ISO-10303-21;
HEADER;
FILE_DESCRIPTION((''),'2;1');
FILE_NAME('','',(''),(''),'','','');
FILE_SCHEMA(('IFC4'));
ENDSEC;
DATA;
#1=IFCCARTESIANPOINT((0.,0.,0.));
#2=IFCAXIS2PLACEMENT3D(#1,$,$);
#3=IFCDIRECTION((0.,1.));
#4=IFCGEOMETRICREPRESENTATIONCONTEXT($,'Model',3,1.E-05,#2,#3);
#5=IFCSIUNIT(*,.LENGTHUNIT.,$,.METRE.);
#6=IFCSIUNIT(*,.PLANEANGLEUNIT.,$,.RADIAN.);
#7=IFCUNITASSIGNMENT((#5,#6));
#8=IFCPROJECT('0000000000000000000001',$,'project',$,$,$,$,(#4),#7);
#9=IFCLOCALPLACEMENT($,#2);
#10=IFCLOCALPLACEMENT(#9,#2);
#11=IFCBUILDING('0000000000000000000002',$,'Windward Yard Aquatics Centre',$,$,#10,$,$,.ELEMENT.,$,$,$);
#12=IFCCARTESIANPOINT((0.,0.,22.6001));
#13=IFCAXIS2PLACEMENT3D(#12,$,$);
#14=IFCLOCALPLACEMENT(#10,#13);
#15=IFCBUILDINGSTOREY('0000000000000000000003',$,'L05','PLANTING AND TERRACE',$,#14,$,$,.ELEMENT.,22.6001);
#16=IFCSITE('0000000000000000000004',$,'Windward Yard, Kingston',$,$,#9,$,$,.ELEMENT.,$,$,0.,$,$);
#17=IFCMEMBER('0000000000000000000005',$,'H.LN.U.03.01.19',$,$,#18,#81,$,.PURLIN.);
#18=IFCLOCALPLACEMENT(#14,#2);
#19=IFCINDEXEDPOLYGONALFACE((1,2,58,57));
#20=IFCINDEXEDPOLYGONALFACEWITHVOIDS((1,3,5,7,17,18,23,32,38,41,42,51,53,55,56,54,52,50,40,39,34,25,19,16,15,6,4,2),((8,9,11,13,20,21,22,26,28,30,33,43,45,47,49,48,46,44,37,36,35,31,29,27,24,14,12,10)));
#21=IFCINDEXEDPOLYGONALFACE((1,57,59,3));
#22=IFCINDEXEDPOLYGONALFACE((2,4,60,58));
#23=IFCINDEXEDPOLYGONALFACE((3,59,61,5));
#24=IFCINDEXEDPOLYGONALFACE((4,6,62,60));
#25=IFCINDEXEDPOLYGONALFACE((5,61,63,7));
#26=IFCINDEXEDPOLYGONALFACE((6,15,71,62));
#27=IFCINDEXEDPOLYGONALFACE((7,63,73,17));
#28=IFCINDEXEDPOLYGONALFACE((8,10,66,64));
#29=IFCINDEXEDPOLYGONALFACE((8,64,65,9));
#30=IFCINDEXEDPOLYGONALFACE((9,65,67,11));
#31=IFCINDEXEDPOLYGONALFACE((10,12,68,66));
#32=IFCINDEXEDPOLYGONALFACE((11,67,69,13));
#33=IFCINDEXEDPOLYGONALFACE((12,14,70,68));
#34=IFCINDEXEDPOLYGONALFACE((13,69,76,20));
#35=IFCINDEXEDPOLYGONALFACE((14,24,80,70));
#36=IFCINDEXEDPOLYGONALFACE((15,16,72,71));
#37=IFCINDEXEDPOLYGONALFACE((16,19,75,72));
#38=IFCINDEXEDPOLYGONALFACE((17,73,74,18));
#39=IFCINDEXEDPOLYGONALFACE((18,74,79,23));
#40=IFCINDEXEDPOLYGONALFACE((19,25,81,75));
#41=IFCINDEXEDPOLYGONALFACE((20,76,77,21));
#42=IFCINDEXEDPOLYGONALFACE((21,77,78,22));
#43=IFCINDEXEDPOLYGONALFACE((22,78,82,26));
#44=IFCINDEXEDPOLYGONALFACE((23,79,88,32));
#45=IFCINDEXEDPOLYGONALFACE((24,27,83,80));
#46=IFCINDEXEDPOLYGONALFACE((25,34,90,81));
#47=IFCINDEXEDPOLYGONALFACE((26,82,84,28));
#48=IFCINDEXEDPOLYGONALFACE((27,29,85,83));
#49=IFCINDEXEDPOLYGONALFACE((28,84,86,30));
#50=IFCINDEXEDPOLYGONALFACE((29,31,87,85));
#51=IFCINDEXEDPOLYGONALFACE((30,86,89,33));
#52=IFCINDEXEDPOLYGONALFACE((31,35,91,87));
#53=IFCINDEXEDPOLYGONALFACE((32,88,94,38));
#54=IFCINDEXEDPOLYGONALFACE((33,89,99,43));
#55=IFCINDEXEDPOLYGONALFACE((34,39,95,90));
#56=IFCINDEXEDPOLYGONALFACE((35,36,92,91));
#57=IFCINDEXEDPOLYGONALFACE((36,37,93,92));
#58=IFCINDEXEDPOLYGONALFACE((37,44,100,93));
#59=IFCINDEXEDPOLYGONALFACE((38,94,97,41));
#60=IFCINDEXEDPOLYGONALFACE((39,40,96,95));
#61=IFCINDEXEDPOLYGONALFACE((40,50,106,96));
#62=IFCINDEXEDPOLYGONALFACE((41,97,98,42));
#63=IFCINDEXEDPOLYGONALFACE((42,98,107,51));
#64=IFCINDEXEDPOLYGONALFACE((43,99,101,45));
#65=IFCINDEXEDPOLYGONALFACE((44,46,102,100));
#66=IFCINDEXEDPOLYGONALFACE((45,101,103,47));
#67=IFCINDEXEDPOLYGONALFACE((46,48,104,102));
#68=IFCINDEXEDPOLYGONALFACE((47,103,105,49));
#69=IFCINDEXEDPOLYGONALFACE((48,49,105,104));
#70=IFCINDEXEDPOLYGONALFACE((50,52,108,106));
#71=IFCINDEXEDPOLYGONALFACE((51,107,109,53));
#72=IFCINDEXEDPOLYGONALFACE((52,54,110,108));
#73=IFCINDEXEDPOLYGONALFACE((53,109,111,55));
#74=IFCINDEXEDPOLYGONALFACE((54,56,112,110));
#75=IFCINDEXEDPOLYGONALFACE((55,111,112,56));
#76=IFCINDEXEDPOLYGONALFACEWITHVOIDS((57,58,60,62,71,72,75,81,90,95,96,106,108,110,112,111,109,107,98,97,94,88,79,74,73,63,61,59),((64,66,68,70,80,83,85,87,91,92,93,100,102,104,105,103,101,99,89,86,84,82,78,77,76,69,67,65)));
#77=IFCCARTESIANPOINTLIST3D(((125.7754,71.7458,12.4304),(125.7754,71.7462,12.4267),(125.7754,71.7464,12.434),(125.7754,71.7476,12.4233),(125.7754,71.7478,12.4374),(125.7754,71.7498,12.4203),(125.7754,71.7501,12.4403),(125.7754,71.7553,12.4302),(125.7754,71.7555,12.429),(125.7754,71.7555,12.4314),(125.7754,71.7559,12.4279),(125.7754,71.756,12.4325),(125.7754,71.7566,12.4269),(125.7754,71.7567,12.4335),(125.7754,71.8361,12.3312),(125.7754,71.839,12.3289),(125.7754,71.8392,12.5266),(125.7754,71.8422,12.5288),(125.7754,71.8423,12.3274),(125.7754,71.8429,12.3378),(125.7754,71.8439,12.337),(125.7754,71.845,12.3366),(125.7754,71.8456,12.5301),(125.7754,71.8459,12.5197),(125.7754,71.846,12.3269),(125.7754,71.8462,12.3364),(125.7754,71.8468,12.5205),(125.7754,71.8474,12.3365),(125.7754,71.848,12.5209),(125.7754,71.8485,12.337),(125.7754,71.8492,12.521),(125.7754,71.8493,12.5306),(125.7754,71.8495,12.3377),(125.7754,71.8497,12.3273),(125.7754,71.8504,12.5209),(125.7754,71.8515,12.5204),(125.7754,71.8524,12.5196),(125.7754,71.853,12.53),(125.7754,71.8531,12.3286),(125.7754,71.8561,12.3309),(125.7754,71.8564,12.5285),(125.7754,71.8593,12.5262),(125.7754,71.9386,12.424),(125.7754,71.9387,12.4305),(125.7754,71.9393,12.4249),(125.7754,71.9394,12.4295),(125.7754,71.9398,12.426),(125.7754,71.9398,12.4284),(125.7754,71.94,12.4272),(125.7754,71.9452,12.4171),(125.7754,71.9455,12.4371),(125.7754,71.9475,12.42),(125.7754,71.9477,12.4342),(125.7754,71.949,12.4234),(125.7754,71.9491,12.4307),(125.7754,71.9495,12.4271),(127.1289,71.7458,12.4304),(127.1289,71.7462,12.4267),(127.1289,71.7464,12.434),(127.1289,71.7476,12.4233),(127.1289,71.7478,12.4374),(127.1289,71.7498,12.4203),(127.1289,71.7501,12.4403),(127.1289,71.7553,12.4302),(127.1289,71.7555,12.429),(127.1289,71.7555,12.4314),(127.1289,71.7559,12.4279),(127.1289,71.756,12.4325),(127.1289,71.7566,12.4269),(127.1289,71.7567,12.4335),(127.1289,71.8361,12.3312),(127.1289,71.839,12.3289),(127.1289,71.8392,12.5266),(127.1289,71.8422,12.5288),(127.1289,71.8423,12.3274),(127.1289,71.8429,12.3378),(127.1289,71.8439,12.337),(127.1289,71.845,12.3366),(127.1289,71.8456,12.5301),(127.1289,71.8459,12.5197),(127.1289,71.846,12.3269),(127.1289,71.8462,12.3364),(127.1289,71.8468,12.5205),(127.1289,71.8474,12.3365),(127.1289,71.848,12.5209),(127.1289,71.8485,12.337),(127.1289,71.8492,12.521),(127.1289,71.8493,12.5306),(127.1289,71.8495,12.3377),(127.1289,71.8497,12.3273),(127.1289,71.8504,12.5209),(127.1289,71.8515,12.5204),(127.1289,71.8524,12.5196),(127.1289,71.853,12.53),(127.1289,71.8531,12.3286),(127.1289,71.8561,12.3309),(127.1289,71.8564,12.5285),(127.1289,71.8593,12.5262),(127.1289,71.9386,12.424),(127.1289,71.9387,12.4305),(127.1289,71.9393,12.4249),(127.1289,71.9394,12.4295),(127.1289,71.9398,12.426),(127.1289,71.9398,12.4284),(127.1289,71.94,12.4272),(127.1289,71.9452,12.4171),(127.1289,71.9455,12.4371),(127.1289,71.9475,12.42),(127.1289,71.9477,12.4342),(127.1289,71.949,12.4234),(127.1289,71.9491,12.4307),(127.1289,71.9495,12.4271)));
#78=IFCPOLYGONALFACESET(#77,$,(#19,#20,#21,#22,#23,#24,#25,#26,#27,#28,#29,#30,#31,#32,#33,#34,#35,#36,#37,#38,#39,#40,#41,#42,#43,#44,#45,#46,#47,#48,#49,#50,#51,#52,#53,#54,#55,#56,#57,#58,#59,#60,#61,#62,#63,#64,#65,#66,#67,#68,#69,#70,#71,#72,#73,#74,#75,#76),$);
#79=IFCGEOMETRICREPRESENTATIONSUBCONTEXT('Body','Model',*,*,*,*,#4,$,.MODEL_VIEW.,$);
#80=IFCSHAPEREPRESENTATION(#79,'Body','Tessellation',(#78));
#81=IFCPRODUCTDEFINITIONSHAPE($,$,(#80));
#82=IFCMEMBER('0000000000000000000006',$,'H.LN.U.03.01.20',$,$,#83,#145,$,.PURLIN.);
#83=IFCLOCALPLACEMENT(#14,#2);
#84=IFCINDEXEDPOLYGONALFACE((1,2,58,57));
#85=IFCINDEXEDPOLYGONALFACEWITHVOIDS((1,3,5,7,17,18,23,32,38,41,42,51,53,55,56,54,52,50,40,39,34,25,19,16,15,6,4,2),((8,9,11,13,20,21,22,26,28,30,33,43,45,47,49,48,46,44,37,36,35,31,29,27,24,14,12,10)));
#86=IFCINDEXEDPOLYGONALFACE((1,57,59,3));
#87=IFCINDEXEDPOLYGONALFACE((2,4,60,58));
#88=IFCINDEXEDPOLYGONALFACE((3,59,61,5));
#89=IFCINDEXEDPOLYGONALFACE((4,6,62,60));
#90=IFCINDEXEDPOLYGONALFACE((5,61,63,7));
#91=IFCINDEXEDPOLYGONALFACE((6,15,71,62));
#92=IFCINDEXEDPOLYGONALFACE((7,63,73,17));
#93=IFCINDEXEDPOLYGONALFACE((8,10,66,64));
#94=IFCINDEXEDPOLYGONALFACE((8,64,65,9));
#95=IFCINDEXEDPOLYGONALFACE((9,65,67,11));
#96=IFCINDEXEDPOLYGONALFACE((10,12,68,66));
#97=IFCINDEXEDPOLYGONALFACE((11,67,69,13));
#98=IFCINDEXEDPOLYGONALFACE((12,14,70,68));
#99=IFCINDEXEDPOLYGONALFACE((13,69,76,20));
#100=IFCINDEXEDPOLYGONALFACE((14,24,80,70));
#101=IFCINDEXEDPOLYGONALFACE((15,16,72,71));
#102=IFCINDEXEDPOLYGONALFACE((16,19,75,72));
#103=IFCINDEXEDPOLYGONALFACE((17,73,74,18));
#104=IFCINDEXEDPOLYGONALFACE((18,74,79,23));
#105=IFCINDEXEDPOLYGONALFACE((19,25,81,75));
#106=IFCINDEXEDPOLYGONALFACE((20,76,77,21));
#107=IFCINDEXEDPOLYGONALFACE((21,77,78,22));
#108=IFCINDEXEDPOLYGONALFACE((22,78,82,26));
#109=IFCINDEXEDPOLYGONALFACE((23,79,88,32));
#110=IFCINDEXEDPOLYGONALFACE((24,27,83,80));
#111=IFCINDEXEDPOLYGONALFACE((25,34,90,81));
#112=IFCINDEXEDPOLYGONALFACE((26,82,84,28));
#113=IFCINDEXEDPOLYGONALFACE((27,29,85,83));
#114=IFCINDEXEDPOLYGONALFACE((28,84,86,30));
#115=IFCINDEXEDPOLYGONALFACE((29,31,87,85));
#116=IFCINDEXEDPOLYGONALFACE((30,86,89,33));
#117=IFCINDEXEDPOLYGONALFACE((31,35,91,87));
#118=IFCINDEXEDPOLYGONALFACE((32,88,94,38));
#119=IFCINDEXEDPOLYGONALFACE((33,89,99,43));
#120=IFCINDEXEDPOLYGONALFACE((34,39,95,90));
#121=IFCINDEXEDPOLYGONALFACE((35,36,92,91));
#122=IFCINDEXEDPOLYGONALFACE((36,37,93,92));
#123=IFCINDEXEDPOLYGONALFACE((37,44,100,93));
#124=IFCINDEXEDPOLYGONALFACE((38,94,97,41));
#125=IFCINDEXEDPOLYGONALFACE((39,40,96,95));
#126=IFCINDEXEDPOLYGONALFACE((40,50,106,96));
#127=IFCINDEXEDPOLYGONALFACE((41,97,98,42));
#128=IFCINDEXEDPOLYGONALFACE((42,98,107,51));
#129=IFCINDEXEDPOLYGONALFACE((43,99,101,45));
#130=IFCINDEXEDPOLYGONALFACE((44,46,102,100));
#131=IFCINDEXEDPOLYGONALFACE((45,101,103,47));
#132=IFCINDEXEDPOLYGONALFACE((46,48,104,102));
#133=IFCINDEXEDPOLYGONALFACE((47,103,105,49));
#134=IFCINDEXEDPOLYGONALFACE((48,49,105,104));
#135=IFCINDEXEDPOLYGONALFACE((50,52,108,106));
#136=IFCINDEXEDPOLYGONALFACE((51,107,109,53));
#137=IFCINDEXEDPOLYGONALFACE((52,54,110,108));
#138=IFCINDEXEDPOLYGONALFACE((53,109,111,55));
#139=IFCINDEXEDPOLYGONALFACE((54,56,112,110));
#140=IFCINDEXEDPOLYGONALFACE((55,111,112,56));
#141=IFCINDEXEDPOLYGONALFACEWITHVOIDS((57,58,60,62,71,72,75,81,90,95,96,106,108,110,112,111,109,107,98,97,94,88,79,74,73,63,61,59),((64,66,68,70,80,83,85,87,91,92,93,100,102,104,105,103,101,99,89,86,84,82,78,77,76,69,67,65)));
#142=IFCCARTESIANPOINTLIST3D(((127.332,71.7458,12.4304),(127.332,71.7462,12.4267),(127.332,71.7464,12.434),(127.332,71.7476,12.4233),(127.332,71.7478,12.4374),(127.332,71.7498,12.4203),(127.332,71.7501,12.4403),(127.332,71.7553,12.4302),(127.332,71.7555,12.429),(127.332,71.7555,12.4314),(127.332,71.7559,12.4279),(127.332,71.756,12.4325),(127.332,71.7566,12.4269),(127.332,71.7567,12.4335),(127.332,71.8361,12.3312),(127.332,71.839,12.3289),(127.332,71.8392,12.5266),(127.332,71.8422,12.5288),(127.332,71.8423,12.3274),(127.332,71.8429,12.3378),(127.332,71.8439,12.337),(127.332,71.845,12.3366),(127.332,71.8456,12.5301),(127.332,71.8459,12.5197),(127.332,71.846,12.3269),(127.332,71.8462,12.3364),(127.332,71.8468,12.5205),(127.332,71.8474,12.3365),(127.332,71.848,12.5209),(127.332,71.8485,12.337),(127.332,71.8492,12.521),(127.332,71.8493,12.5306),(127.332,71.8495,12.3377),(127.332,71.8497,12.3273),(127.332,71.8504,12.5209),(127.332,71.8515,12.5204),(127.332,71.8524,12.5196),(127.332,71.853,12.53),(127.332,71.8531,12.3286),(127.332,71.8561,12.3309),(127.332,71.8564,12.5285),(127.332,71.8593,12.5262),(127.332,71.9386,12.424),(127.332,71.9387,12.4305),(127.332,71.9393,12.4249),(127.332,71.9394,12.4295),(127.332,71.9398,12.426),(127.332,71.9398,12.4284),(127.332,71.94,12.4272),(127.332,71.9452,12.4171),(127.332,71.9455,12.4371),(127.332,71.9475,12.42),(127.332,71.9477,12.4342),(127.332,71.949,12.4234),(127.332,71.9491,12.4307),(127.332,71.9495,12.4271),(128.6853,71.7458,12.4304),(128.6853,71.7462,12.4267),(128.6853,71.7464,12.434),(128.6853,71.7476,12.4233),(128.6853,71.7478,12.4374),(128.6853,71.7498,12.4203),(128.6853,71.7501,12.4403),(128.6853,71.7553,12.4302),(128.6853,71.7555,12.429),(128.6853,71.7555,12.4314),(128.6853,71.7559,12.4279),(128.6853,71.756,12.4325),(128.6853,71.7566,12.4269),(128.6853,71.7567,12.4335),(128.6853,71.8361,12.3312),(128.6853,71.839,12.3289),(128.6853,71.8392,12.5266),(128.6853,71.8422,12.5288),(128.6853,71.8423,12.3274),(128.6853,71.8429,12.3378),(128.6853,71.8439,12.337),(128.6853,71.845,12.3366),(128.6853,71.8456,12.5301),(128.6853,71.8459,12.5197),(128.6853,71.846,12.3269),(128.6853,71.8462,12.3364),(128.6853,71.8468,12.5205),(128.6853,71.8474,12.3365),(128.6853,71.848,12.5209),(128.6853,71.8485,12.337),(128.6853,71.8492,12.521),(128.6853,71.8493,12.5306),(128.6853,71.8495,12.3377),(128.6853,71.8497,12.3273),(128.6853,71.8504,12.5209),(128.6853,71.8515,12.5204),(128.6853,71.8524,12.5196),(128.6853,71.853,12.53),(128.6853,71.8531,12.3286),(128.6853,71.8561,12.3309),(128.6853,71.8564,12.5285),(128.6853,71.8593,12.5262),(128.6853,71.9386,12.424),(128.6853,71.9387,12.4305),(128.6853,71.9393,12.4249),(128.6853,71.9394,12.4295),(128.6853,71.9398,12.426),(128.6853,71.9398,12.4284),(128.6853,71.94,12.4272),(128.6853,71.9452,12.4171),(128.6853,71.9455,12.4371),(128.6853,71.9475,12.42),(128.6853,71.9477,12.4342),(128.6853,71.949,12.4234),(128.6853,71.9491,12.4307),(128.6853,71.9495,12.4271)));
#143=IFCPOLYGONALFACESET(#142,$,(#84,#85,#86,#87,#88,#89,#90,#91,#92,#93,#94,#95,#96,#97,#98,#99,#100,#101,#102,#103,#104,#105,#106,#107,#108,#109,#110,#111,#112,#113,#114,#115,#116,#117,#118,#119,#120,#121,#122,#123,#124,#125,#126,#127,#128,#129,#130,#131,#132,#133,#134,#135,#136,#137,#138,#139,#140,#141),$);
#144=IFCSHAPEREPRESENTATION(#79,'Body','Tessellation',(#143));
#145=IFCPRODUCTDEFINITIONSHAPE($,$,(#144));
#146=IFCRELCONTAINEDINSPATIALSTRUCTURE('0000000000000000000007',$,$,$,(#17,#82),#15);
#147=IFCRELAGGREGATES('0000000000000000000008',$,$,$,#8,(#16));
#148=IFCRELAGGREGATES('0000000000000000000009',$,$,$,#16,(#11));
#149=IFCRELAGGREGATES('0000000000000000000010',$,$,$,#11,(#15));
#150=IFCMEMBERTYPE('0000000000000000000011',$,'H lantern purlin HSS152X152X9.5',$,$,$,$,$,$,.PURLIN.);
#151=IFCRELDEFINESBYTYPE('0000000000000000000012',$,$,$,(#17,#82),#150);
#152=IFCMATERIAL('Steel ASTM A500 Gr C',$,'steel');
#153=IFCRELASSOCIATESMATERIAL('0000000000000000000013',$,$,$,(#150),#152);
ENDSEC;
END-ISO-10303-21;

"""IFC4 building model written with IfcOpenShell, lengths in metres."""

from ifc_helpers import new_model, si_unit, direction, frame, origin, origin_2d, place, context, subcontext, project, spatial, hollow_rectangle, extrude, material, material_profile, profile_set, type_object, element, save


model = new_model("IFC4")

# Units and contexts
model_context = context("Model", 3, precision=1e-05, world=origin(), true_north=direction((0.0, 1.0)))
body_context = subcontext(model_context, "Body", "Model", "MODEL_VIEW")
ifc_project = project(units=[si_unit("LENGTHUNIT", "METRE"), si_unit("PLANEANGLEUNIT", "RADIAN")], contexts=[model_context])

# Site, building, storey
site_placement = place(None, origin())
site = spatial("IfcSite", under=ifc_project, at=site_placement, Name="Windward Yard, Kingston", CompositionType="ELEMENT", RefElevation=0.0)
building_placement = place(site_placement, origin())
building = spatial("IfcBuilding", under=site, at=building_placement, Name="Windward Yard Aquatics Centre", CompositionType="ELEMENT")
storey_placement = place(building_placement, frame((0.0, 0.0, 22.6001)))
storey = spatial("IfcBuildingStorey", under=building, at=storey_placement, Name="L05", Description="PLANTING AND TERRACE", CompositionType="ELEMENT", Elevation=22.6001)

# Members
ifc_material_1 = material(Name="Steel ASTM A500 Gr C", Category="steel")
ifc_material_profile_1 = material_profile(ifc_material_1, hollow_rectangle(XDim=0.1523, YDim=0.1523, WallThickness=0.0095, InnerFilletRadius=0.0046, OuterFilletRadius=0.0142, at=origin_2d()), Name="HSS152X152X9.5")
ifc_profile_set_1 = profile_set([ifc_material_profile_1], Name="Steel ASTM A500 Gr C")
member_type_1 = type_object("IfcMemberType", Name="H lantern purlin HSS152X152X9.5", PredefinedType="PURLIN", material=ifc_profile_set_1)
member_1_placement = place(storey_placement, frame((125.7754, 71.8477, 12.4287), z_axis=(1.0, 0.0, 0.0), x_axis=(0.0, 0.69555, -0.718477)))
element("IfcMember", 1, at=member_1_placement, inside=storey, type_object=member_type_1, Name="H.LN.U.03.01.19", PredefinedType="PURLIN", context=body_context, shape_type="SweptSolid", body=[
    extrude(hollow_rectangle(XDim=0.1523, YDim=0.1523, WallThickness=0.0095, InnerFilletRadius=0.0046, OuterFilletRadius=0.0142, at=origin_2d()), origin(), (0.0, 0.0, 1.0), 1.3535),
])
for number, where, z_axis, x_axis, name in (
    (2, (127.332, 71.8477, 12.4287), (1.0, 0.0, 0.0), (0.0, 0.69555, -0.718477), "H.LN.U.03.01.20"),
):
    element("IfcMember", number, at=place(storey_placement, frame(where, z_axis=z_axis, x_axis=x_axis)), inside=storey, type_object=member_type_1, Name=name, PredefinedType="PURLIN", context=body_context, shape_type="SweptSolid", body=[
        extrude(hollow_rectangle(XDim=0.1523, YDim=0.1523, WallThickness=0.0095, InnerFilletRadius=0.0046, OuterFilletRadius=0.0142, at=origin_2d()), origin(), (0.0, 0.0, 1.0), 1.3533),
    ])

save(model, "model.ifc")
